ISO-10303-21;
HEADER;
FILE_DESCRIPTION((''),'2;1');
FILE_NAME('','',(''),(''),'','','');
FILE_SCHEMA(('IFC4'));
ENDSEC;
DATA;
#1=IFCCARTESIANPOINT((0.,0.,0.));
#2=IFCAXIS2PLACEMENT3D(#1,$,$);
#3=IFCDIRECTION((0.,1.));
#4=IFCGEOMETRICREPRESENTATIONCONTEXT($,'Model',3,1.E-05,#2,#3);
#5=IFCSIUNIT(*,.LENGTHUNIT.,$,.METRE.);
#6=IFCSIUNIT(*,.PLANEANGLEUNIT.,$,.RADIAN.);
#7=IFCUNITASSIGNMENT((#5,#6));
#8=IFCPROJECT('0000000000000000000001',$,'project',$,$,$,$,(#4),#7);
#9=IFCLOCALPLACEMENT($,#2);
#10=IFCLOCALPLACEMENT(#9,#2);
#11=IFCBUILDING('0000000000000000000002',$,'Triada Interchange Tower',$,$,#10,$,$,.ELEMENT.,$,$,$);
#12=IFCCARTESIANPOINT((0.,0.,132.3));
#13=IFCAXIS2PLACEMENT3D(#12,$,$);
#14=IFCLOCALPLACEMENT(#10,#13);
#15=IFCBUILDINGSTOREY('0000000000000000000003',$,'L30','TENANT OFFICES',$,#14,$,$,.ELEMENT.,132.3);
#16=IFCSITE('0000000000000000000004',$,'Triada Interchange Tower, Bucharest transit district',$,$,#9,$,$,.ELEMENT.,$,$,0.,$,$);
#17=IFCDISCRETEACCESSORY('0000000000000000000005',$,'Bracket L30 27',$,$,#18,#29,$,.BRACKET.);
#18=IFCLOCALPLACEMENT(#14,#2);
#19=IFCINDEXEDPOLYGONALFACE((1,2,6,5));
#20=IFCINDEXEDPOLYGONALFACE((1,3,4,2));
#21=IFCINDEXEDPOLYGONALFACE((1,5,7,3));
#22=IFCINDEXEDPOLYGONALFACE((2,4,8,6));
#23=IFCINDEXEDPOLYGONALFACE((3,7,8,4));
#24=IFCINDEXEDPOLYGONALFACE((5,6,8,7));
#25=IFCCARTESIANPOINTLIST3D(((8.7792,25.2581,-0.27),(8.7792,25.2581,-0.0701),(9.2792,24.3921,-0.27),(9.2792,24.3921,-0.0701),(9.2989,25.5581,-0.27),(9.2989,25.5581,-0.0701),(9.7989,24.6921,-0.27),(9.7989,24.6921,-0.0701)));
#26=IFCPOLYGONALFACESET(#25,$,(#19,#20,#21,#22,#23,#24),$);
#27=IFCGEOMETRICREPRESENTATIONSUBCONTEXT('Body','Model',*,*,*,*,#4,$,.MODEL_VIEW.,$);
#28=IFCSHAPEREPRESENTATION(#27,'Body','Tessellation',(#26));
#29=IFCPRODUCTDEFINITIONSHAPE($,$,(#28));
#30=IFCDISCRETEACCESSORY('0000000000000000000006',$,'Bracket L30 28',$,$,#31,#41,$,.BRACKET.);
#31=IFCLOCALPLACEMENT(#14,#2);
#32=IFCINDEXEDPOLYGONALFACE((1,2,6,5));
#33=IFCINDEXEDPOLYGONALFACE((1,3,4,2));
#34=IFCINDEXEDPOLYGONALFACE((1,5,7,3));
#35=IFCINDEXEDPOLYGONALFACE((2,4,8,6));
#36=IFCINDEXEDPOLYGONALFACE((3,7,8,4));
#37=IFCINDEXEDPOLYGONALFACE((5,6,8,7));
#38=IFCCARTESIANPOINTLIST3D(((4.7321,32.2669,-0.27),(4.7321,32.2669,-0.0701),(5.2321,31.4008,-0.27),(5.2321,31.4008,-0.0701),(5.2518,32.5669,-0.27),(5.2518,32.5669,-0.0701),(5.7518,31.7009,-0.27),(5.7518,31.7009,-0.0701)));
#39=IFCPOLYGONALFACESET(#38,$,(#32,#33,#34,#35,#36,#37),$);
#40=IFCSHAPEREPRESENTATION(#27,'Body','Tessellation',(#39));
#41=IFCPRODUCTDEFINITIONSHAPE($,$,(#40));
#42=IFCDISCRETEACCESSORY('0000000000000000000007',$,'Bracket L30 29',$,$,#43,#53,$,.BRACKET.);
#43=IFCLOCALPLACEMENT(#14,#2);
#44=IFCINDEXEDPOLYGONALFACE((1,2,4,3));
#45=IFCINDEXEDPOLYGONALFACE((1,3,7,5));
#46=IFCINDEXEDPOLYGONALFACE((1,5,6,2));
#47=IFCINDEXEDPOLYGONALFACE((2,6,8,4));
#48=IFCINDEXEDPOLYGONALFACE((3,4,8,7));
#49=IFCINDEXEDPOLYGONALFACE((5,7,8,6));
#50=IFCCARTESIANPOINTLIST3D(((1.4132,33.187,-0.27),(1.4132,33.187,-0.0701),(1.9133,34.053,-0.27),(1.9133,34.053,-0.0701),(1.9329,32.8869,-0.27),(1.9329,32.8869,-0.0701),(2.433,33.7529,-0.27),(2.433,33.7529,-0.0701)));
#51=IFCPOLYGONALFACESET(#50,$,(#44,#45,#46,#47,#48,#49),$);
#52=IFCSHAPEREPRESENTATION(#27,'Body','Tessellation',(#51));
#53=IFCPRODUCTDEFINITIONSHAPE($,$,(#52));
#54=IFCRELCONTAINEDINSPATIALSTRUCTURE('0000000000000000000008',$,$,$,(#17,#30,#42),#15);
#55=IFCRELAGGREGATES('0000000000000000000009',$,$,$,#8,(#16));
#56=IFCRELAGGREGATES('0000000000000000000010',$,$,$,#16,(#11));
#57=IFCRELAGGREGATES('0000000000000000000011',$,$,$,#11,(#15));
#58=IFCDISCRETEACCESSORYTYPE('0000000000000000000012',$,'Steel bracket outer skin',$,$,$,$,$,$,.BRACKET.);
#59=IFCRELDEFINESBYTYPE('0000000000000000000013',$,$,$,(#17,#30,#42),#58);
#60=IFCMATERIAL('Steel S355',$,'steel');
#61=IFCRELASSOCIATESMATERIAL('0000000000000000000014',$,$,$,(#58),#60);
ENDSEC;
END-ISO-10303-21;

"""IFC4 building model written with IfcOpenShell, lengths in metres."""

from ifc_helpers import new_model, si_unit, direction, frame, origin, origin_2d, place, context, subcontext, project, spatial, rectangle, extrude, material, type_object, element, save


model = new_model("IFC4")

# Units and contexts
model_context = context("Model", 3, precision=1e-05, world=origin(), true_north=direction((0.0, 1.0)))
body_context = subcontext(model_context, "Body", "Model", "MODEL_VIEW")
ifc_project = project(units=[si_unit("LENGTHUNIT", "METRE"), si_unit("PLANEANGLEUNIT", "RADIAN")], contexts=[model_context])

# Site, building, storey
site_placement = place(None, origin())
site = spatial("IfcSite", under=ifc_project, at=site_placement, Name="Triada Interchange Tower, Bucharest transit district", CompositionType="ELEMENT", RefElevation=0.0)
building_placement = place(site_placement, origin())
building = spatial("IfcBuilding", under=site, at=building_placement, Name="Triada Interchange Tower", CompositionType="ELEMENT")
storey_placement = place(building_placement, frame((0.0, 0.0, 132.3)))
storey = spatial("IfcBuildingStorey", under=building, at=storey_placement, Name="L30", Description="TENANT OFFICES", CompositionType="ELEMENT", Elevation=132.3)

# Discrete accessories
ifc_material_1 = material(Name="Steel S355", Category="steel")
discrete_accessory_type = type_object("IfcDiscreteAccessoryType", Name="Steel bracket outer skin", PredefinedType="BRACKET", material=ifc_material_1)
for number, where, z_axis, x_axis, name in (
    (1, (9.2891, 24.9751, -0.27), (0.0, 0.0, 1.0), (0.866023, 0.500004, 0.0), "Bracket L30 27"),
    (2, (5.2419, 31.9839, -0.27), (0.0, 0.0, 1.0), (0.866023, 0.500004, 0.0), "Bracket L30 28"),
    (3, (1.9231, 33.47, -0.27), (0.0, 0.0, 1.0), (-0.86599, 0.500061, 0.0), "Bracket L30 29"),
):
    element("IfcDiscreteAccessory", number, at=place(storey_placement, frame(where, z_axis=z_axis, x_axis=x_axis)), inside=storey, type_object=discrete_accessory_type, Name=name, PredefinedType="BRACKET", context=body_context, shape_type="SweptSolid", body=[
        extrude(rectangle(XDim=0.6001, YDim=1.0, at=origin_2d()), origin(), (0.0, 0.0, 1.0), 0.2),
    ])

save(model, "model.ifc")
